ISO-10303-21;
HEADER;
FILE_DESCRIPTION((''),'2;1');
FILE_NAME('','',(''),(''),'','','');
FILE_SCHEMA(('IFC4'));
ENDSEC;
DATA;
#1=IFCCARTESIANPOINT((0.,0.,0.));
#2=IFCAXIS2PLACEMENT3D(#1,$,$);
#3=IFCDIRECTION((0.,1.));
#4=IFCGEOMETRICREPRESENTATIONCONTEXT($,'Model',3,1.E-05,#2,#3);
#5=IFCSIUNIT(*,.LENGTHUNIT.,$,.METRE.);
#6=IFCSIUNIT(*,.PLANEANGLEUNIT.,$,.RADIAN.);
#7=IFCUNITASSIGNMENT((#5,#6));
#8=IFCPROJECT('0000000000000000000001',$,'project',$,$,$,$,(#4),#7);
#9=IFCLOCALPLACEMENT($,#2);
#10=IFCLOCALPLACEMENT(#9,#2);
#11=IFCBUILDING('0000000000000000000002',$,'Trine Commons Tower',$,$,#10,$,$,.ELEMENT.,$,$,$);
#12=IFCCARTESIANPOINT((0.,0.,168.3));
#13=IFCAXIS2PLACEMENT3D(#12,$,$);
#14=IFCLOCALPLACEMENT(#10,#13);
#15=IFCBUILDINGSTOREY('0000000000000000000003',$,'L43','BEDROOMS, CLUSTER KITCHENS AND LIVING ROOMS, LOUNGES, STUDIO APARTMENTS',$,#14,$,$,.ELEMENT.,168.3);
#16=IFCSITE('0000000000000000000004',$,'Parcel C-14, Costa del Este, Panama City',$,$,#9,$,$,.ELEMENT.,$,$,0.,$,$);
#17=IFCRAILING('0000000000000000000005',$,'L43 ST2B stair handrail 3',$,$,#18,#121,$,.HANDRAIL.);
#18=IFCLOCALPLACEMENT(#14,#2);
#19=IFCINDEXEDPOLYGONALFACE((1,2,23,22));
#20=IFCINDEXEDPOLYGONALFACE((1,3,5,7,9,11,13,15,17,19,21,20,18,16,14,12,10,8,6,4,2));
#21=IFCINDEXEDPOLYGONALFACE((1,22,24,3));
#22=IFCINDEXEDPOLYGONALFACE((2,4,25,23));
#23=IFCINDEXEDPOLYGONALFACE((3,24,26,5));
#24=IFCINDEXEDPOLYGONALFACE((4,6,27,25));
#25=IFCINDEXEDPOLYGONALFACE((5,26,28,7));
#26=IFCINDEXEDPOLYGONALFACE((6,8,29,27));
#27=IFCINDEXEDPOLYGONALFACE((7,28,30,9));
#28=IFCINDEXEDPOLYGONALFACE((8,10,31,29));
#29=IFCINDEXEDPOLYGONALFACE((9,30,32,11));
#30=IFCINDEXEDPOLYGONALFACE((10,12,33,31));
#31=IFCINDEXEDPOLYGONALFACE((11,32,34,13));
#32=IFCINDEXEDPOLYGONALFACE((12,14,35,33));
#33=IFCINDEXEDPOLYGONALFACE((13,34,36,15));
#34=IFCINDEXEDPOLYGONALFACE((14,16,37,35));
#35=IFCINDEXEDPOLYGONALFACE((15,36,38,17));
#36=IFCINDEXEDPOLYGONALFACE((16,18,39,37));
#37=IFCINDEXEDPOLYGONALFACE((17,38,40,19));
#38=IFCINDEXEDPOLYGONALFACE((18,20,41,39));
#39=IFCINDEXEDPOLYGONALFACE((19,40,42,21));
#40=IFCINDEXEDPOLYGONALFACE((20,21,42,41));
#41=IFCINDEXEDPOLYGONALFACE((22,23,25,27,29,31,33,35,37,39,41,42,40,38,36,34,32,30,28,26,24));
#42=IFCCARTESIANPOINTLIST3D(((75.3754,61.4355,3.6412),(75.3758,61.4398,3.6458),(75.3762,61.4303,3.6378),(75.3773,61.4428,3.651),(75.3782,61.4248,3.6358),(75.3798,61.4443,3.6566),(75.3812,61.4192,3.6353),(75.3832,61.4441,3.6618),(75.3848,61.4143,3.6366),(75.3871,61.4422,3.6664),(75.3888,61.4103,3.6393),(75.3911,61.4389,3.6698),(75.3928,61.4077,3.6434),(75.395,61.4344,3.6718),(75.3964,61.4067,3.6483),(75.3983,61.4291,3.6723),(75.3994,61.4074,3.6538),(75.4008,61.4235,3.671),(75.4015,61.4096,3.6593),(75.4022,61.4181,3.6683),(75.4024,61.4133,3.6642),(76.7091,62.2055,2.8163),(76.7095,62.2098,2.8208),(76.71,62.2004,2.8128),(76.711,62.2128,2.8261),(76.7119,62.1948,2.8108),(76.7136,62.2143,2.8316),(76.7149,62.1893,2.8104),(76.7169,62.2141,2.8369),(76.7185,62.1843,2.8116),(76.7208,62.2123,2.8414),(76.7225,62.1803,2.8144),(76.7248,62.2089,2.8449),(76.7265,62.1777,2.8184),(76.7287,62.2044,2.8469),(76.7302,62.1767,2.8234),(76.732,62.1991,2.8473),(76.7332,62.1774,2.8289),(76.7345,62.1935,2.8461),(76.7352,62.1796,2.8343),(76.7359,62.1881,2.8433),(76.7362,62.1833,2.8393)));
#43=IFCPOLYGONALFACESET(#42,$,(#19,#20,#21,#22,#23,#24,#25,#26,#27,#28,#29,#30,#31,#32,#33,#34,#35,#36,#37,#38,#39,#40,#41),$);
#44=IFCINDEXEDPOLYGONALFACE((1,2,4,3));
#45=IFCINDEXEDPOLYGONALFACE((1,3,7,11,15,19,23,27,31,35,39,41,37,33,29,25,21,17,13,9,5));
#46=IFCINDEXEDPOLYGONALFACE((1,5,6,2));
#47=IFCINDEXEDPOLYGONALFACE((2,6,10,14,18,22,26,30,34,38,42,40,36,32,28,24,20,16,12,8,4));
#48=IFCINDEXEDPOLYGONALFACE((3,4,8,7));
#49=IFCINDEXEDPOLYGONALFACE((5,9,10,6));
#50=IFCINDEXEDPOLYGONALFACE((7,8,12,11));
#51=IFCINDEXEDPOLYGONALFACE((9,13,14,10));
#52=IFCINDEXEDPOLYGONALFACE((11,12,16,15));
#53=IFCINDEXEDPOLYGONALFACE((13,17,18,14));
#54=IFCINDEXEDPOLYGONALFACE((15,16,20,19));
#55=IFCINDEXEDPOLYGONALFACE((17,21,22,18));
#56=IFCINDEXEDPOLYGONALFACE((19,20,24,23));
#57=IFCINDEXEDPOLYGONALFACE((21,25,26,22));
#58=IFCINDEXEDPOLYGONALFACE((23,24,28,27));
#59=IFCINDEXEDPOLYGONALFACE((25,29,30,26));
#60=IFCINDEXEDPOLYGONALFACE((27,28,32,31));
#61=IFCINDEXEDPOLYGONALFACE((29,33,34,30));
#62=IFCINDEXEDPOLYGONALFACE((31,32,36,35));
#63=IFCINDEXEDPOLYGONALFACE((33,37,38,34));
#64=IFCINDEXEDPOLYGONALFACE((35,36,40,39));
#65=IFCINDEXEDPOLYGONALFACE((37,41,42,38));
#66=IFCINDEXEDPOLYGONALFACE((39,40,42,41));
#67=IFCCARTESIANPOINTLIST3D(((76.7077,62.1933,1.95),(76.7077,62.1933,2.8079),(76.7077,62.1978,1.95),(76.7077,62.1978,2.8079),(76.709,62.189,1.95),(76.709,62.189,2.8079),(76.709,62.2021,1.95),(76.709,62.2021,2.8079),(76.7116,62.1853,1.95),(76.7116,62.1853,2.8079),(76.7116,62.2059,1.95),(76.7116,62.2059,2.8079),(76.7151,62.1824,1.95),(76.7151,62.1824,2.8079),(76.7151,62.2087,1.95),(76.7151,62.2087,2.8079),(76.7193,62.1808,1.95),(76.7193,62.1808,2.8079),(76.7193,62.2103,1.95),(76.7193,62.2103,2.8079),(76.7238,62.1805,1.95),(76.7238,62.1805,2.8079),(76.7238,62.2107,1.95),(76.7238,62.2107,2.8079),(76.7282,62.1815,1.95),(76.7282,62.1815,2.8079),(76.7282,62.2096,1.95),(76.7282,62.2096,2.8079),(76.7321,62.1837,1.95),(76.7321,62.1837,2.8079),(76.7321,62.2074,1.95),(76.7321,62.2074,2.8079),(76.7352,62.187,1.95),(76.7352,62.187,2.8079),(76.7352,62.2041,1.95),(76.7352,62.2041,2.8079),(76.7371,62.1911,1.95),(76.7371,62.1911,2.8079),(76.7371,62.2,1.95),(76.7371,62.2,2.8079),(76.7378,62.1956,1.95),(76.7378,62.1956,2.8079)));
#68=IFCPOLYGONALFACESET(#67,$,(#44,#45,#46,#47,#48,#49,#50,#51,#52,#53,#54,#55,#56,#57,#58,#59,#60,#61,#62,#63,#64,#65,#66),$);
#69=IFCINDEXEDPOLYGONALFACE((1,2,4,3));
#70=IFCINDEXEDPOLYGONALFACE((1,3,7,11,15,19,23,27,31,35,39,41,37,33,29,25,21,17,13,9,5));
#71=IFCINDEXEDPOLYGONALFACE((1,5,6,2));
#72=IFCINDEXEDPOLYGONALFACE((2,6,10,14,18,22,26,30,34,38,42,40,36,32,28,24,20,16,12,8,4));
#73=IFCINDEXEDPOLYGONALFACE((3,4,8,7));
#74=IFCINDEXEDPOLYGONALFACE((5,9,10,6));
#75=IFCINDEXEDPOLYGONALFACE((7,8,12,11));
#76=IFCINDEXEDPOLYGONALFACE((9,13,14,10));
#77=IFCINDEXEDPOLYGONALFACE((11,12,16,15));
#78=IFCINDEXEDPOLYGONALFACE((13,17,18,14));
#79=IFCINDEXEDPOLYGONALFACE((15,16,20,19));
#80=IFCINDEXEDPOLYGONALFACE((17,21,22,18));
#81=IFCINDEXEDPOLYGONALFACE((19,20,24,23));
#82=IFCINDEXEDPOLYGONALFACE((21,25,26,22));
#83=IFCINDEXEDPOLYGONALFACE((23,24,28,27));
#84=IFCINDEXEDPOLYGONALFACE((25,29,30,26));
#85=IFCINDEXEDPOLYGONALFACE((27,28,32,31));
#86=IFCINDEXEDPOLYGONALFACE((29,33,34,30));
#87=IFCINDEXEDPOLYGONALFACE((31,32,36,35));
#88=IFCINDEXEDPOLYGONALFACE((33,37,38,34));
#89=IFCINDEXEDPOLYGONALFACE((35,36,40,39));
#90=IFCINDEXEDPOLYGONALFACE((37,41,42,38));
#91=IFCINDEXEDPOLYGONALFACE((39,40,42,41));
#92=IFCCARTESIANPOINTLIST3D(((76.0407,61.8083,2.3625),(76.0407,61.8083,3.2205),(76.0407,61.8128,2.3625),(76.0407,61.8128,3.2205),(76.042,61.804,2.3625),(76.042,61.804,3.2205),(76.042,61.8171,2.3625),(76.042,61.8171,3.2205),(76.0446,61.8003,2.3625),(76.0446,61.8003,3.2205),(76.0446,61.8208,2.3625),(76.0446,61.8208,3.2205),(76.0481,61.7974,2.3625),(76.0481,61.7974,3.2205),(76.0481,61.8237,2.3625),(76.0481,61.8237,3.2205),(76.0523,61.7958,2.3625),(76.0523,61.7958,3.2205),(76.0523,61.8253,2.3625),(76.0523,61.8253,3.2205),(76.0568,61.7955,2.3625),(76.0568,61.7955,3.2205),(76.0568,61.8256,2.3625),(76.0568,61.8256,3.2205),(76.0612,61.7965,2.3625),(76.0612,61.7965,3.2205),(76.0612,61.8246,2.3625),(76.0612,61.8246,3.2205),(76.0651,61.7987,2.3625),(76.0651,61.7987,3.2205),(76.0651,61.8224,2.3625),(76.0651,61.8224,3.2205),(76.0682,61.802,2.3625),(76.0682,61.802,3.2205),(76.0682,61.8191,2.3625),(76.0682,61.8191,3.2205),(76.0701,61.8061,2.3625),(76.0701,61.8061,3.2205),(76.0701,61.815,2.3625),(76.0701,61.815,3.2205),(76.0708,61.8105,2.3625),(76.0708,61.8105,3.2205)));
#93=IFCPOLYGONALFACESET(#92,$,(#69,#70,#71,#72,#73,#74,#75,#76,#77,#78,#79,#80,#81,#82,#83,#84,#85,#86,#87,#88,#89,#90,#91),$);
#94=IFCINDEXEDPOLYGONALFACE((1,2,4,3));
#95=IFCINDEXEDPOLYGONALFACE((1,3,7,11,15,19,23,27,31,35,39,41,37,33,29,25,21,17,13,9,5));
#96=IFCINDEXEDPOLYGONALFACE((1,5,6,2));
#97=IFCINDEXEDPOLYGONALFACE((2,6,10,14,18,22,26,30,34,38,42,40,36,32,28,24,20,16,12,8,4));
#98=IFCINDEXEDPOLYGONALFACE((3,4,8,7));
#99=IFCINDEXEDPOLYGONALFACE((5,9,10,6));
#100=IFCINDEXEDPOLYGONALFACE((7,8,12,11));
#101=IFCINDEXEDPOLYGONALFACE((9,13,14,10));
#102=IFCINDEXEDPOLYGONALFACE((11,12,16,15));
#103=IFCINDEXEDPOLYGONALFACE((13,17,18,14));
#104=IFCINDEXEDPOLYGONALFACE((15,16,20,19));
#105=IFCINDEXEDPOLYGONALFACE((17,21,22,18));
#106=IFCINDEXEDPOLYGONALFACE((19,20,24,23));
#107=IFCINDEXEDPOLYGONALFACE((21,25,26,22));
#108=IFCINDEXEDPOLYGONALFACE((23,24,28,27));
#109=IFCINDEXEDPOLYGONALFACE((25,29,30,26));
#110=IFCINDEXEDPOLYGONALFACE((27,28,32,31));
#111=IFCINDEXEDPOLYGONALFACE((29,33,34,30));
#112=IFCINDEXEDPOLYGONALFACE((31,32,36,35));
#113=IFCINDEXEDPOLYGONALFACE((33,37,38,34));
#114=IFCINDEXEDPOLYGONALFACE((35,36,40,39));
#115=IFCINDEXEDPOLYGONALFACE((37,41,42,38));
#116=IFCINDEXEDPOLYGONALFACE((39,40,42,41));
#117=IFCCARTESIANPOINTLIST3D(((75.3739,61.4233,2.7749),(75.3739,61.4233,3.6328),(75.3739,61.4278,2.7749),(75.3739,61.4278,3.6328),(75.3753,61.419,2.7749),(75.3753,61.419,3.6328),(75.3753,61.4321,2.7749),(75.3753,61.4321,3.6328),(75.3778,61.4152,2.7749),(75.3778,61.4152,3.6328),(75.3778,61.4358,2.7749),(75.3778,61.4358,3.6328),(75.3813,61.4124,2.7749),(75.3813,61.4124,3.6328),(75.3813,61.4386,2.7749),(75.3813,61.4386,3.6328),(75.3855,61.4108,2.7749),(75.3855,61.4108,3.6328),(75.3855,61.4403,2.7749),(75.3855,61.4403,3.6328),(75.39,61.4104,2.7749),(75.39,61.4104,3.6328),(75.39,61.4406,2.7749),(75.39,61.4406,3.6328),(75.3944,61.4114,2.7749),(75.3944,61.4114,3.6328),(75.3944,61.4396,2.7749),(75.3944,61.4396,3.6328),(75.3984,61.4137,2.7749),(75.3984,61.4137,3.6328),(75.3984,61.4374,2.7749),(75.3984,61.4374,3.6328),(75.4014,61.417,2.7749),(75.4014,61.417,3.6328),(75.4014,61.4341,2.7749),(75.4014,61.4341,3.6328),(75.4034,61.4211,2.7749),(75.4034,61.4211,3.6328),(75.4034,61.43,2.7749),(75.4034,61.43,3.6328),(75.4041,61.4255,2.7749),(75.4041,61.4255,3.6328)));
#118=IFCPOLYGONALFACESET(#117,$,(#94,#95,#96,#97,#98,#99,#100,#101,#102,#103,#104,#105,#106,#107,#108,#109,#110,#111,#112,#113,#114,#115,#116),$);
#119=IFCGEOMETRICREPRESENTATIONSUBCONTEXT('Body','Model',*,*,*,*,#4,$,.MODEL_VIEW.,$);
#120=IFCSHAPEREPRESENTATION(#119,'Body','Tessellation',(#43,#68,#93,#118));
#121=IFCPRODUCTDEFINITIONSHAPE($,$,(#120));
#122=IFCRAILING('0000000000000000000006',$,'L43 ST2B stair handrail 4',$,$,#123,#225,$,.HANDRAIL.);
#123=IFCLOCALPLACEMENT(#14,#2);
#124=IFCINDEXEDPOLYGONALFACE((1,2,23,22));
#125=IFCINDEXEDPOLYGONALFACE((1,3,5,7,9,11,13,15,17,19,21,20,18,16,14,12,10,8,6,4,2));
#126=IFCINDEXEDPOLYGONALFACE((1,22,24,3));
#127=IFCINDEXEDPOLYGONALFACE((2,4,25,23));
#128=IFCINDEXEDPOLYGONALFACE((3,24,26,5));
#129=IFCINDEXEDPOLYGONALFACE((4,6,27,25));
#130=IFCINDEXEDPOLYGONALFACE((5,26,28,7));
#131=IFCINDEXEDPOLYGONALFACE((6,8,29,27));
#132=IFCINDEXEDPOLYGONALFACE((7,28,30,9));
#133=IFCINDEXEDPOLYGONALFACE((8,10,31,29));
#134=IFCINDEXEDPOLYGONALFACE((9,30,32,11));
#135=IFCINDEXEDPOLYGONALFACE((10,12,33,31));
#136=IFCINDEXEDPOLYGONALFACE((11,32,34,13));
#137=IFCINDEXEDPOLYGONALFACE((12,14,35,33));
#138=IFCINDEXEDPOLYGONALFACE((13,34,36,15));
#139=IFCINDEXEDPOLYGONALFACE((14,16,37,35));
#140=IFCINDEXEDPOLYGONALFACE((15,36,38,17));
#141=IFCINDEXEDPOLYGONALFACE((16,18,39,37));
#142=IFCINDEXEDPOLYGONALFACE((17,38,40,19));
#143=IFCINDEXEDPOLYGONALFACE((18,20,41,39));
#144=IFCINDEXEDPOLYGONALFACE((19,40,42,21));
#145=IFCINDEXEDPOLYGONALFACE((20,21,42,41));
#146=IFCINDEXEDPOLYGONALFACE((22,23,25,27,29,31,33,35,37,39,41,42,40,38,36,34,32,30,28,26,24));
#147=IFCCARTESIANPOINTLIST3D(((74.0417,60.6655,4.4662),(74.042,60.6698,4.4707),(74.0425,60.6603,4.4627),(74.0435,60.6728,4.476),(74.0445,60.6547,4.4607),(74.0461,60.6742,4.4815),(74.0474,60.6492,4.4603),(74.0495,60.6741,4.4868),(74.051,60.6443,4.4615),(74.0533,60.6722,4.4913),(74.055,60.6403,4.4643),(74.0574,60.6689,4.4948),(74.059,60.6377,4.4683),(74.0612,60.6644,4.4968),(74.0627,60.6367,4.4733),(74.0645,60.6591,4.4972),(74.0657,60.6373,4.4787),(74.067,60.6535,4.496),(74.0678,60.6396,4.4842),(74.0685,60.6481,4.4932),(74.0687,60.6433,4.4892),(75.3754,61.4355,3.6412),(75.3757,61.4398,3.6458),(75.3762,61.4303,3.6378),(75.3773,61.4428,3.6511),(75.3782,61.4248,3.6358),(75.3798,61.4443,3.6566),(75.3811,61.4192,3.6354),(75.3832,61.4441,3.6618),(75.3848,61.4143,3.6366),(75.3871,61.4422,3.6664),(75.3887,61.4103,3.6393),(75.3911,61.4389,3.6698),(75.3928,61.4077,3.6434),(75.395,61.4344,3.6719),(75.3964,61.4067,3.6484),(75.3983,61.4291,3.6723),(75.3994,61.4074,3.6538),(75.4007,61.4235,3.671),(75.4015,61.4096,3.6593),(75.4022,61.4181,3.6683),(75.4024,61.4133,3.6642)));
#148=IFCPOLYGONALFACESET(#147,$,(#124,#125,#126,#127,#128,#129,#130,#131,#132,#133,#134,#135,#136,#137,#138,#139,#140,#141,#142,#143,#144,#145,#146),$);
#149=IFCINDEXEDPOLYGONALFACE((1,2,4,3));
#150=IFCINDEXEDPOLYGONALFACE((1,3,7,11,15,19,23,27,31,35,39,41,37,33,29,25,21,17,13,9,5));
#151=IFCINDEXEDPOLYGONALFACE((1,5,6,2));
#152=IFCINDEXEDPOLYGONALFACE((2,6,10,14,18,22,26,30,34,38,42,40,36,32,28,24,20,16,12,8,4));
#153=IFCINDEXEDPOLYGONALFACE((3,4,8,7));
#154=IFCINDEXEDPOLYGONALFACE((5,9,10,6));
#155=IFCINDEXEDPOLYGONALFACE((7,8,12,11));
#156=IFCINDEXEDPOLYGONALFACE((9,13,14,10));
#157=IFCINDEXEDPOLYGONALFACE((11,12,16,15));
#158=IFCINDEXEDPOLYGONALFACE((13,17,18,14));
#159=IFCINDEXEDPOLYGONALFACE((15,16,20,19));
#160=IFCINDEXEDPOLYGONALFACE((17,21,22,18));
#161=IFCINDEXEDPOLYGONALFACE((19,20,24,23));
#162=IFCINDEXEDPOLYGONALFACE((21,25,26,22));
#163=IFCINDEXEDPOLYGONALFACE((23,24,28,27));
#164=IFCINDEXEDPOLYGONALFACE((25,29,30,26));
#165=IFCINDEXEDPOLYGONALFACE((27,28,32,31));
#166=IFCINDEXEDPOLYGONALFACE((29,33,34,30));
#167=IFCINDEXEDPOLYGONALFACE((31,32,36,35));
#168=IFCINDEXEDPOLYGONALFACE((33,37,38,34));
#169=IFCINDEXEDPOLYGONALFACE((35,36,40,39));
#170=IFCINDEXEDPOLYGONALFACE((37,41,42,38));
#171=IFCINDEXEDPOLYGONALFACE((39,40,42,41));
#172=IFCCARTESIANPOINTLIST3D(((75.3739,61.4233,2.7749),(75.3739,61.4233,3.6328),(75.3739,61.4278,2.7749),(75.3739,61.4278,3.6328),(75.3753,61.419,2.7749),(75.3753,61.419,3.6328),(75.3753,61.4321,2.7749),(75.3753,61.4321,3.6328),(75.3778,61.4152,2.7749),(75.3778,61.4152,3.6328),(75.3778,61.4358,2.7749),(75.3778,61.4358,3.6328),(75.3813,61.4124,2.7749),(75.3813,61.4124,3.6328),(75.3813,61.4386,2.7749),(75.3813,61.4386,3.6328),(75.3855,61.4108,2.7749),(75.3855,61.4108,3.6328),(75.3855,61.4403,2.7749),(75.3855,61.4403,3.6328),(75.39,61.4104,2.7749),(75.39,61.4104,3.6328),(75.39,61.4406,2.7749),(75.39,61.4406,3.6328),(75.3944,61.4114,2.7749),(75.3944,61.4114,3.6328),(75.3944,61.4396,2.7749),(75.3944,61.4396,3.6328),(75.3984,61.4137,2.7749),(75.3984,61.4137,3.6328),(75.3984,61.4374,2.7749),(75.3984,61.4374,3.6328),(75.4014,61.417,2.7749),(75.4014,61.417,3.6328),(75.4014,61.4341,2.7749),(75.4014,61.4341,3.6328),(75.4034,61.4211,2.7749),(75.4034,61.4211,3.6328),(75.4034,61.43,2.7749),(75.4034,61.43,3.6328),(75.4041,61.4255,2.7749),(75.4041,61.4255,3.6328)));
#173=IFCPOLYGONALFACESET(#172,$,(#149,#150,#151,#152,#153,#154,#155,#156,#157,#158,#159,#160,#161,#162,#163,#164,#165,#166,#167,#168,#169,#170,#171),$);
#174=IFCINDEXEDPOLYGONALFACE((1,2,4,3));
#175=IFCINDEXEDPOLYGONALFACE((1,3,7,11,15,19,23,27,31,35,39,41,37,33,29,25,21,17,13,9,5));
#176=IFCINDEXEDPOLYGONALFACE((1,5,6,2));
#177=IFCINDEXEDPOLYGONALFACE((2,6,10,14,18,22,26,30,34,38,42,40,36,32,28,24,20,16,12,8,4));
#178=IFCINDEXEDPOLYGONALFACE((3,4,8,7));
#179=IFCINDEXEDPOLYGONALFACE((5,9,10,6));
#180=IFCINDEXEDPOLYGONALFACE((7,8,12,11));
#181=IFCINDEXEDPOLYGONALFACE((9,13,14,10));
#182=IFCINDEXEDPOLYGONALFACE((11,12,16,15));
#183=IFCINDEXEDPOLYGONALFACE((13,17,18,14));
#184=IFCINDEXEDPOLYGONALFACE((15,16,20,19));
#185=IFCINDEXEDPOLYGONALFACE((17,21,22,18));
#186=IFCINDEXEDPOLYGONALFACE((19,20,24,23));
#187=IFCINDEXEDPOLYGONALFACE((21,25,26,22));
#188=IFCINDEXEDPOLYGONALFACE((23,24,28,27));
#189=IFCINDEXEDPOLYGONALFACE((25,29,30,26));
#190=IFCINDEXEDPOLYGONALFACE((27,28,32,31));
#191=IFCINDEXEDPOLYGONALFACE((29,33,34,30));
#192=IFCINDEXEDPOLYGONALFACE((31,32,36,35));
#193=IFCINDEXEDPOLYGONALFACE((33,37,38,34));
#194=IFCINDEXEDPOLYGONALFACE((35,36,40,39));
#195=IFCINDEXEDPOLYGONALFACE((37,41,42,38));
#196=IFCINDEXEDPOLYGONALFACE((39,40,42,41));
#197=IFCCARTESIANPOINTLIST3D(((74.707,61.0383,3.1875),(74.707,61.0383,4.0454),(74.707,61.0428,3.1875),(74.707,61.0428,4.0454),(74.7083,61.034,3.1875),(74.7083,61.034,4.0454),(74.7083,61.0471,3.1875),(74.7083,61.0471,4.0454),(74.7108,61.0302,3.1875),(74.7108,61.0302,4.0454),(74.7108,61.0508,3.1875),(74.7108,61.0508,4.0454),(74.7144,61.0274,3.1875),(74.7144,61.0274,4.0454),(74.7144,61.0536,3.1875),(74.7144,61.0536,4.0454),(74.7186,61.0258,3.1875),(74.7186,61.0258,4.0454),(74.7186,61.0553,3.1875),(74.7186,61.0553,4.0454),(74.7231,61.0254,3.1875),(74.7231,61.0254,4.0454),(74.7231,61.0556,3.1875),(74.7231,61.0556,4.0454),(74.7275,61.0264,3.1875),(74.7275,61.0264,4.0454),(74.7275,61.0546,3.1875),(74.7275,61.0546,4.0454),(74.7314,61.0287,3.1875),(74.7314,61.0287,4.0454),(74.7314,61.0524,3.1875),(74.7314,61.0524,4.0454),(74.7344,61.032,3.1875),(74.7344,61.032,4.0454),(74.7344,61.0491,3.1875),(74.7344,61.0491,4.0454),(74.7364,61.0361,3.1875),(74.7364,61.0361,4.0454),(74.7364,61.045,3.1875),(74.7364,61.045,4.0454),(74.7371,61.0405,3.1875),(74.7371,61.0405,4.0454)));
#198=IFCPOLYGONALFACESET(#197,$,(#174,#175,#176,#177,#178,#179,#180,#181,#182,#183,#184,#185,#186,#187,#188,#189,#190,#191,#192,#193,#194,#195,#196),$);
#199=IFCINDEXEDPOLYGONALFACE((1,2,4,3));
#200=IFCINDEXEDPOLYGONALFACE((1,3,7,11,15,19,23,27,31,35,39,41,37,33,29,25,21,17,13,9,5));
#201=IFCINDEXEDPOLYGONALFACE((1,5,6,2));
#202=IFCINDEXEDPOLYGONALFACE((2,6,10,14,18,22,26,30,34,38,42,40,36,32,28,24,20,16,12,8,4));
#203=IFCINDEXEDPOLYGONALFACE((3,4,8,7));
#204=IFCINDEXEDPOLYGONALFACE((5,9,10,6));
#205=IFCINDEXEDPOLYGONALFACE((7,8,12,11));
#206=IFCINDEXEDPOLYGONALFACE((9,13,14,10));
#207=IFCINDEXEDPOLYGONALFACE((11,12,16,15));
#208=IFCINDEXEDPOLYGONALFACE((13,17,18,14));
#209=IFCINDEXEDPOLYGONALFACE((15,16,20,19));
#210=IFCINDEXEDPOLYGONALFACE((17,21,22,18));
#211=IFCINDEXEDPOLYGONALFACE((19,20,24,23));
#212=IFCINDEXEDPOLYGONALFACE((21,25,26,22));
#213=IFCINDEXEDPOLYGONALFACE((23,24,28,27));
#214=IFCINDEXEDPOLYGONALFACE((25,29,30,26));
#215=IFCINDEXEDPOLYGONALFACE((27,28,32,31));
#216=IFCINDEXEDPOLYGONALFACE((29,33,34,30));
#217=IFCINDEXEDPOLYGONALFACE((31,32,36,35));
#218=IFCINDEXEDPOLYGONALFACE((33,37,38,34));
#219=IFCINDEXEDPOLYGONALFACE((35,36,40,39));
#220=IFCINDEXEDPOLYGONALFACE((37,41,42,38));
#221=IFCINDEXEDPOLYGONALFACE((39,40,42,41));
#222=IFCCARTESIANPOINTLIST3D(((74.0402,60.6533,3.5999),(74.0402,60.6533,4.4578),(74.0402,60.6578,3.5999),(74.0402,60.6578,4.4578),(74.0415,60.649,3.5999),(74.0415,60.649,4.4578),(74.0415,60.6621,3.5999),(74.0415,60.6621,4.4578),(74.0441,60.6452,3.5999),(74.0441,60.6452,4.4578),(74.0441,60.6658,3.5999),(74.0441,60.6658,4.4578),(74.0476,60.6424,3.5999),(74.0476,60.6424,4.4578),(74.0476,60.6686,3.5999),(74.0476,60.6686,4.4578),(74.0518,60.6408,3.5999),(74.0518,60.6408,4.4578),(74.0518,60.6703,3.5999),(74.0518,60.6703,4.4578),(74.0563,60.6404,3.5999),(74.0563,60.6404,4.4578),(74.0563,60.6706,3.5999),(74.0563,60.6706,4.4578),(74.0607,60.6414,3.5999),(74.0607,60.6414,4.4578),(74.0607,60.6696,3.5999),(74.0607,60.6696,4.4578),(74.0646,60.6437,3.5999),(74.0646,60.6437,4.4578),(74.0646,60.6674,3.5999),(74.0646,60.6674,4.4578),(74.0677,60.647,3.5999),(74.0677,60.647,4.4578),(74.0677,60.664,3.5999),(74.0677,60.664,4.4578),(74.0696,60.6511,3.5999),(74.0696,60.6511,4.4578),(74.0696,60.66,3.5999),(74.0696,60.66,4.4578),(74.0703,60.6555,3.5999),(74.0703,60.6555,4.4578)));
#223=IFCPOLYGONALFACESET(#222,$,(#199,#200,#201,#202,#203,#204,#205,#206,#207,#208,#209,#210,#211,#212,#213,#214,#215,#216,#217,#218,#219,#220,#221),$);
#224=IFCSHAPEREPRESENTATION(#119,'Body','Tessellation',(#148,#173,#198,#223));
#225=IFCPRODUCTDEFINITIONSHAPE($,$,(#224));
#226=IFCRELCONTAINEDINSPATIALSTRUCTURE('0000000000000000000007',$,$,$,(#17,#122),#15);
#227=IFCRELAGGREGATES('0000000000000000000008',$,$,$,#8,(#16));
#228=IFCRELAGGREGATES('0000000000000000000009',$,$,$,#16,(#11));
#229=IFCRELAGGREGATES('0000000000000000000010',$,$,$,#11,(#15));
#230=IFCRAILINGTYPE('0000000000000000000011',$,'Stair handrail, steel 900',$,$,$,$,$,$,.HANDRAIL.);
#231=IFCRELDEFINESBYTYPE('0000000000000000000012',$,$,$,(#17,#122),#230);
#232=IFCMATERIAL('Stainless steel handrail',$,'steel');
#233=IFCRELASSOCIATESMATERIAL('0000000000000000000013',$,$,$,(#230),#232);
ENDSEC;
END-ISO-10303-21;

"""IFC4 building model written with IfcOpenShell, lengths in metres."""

from ifc_helpers import new_model, si_unit, direction, frame, origin, origin_2d, place, context, subcontext, project, spatial, circle, extrude, material, type_object, element, save


model = new_model("IFC4")

# Units and contexts
model_context = context("Model", 3, precision=1e-05, world=origin(), true_north=direction((0.0, 1.0)))
body_context = subcontext(model_context, "Body", "Model", "MODEL_VIEW")
ifc_project = project(units=[si_unit("LENGTHUNIT", "METRE"), si_unit("PLANEANGLEUNIT", "RADIAN")], contexts=[model_context])

# Site, building, storey
site_placement = place(None, origin())
site = spatial("IfcSite", under=ifc_project, at=site_placement, Name="Parcel C-14, Costa del Este, Panama City", CompositionType="ELEMENT", RefElevation=0.0)
building_placement = place(site_placement, origin())
building = spatial("IfcBuilding", under=site, at=building_placement, Name="Trine Commons Tower", CompositionType="ELEMENT")
storey_placement = place(building_placement, frame((0.0, 0.0, 168.3)))
storey = spatial("IfcBuildingStorey", under=building, at=storey_placement, Name="L43", Description="BEDROOMS, CLUSTER KITCHENS AND LIVING ROOMS, LOUNGES, STUDIO APARTMENTS", CompositionType="ELEMENT", Elevation=168.3)

# Railings
ifc_material_1 = material(Name="Stainless steel handrail", Category="steel")
railing_type_1 = type_object("IfcRailingType", Name="Stair handrail, steel 900", PredefinedType="HANDRAIL", material=ifc_material_1)
for number, where, name in (
    (1, (76.7227, 62.1956, 1.95), "L43 ST2B stair handrail 3"),
    (2, (75.3889, 61.4255, 2.7749), "L43 ST2B stair handrail 4"),
):
    element("IfcRailing", number, at=place(storey_placement, frame(where)), inside=storey, type_object=railing_type_1, Name=name, PredefinedType="HANDRAIL", context=body_context, shape_type="SweptSolid", body=[
        extrude(circle(Radius=0.021, at=origin_2d()), frame((0.0, 0.0, 0.8789), z_axis=(-0.763405, -0.440743, 0.472185), x_axis=(0.499992, -0.86603, 0.0)), (0.0, 0.0, 1.0), 1.7471),
        extrude(circle(Radius=0.0151, at=origin_2d()), origin(), (0.0, 0.0, 1.0), 0.8579),
        extrude(circle(Radius=0.0151, at=origin_2d()), frame((-0.667, -0.385, 0.4126)), (0.0, 0.0, 1.0), 0.8579),
        extrude(circle(Radius=0.0151, at=origin_2d()), frame((-1.3337, -0.77, 0.825)), (0.0, 0.0, 1.0), 0.8579),
    ])

save(model, "model.ifc")
